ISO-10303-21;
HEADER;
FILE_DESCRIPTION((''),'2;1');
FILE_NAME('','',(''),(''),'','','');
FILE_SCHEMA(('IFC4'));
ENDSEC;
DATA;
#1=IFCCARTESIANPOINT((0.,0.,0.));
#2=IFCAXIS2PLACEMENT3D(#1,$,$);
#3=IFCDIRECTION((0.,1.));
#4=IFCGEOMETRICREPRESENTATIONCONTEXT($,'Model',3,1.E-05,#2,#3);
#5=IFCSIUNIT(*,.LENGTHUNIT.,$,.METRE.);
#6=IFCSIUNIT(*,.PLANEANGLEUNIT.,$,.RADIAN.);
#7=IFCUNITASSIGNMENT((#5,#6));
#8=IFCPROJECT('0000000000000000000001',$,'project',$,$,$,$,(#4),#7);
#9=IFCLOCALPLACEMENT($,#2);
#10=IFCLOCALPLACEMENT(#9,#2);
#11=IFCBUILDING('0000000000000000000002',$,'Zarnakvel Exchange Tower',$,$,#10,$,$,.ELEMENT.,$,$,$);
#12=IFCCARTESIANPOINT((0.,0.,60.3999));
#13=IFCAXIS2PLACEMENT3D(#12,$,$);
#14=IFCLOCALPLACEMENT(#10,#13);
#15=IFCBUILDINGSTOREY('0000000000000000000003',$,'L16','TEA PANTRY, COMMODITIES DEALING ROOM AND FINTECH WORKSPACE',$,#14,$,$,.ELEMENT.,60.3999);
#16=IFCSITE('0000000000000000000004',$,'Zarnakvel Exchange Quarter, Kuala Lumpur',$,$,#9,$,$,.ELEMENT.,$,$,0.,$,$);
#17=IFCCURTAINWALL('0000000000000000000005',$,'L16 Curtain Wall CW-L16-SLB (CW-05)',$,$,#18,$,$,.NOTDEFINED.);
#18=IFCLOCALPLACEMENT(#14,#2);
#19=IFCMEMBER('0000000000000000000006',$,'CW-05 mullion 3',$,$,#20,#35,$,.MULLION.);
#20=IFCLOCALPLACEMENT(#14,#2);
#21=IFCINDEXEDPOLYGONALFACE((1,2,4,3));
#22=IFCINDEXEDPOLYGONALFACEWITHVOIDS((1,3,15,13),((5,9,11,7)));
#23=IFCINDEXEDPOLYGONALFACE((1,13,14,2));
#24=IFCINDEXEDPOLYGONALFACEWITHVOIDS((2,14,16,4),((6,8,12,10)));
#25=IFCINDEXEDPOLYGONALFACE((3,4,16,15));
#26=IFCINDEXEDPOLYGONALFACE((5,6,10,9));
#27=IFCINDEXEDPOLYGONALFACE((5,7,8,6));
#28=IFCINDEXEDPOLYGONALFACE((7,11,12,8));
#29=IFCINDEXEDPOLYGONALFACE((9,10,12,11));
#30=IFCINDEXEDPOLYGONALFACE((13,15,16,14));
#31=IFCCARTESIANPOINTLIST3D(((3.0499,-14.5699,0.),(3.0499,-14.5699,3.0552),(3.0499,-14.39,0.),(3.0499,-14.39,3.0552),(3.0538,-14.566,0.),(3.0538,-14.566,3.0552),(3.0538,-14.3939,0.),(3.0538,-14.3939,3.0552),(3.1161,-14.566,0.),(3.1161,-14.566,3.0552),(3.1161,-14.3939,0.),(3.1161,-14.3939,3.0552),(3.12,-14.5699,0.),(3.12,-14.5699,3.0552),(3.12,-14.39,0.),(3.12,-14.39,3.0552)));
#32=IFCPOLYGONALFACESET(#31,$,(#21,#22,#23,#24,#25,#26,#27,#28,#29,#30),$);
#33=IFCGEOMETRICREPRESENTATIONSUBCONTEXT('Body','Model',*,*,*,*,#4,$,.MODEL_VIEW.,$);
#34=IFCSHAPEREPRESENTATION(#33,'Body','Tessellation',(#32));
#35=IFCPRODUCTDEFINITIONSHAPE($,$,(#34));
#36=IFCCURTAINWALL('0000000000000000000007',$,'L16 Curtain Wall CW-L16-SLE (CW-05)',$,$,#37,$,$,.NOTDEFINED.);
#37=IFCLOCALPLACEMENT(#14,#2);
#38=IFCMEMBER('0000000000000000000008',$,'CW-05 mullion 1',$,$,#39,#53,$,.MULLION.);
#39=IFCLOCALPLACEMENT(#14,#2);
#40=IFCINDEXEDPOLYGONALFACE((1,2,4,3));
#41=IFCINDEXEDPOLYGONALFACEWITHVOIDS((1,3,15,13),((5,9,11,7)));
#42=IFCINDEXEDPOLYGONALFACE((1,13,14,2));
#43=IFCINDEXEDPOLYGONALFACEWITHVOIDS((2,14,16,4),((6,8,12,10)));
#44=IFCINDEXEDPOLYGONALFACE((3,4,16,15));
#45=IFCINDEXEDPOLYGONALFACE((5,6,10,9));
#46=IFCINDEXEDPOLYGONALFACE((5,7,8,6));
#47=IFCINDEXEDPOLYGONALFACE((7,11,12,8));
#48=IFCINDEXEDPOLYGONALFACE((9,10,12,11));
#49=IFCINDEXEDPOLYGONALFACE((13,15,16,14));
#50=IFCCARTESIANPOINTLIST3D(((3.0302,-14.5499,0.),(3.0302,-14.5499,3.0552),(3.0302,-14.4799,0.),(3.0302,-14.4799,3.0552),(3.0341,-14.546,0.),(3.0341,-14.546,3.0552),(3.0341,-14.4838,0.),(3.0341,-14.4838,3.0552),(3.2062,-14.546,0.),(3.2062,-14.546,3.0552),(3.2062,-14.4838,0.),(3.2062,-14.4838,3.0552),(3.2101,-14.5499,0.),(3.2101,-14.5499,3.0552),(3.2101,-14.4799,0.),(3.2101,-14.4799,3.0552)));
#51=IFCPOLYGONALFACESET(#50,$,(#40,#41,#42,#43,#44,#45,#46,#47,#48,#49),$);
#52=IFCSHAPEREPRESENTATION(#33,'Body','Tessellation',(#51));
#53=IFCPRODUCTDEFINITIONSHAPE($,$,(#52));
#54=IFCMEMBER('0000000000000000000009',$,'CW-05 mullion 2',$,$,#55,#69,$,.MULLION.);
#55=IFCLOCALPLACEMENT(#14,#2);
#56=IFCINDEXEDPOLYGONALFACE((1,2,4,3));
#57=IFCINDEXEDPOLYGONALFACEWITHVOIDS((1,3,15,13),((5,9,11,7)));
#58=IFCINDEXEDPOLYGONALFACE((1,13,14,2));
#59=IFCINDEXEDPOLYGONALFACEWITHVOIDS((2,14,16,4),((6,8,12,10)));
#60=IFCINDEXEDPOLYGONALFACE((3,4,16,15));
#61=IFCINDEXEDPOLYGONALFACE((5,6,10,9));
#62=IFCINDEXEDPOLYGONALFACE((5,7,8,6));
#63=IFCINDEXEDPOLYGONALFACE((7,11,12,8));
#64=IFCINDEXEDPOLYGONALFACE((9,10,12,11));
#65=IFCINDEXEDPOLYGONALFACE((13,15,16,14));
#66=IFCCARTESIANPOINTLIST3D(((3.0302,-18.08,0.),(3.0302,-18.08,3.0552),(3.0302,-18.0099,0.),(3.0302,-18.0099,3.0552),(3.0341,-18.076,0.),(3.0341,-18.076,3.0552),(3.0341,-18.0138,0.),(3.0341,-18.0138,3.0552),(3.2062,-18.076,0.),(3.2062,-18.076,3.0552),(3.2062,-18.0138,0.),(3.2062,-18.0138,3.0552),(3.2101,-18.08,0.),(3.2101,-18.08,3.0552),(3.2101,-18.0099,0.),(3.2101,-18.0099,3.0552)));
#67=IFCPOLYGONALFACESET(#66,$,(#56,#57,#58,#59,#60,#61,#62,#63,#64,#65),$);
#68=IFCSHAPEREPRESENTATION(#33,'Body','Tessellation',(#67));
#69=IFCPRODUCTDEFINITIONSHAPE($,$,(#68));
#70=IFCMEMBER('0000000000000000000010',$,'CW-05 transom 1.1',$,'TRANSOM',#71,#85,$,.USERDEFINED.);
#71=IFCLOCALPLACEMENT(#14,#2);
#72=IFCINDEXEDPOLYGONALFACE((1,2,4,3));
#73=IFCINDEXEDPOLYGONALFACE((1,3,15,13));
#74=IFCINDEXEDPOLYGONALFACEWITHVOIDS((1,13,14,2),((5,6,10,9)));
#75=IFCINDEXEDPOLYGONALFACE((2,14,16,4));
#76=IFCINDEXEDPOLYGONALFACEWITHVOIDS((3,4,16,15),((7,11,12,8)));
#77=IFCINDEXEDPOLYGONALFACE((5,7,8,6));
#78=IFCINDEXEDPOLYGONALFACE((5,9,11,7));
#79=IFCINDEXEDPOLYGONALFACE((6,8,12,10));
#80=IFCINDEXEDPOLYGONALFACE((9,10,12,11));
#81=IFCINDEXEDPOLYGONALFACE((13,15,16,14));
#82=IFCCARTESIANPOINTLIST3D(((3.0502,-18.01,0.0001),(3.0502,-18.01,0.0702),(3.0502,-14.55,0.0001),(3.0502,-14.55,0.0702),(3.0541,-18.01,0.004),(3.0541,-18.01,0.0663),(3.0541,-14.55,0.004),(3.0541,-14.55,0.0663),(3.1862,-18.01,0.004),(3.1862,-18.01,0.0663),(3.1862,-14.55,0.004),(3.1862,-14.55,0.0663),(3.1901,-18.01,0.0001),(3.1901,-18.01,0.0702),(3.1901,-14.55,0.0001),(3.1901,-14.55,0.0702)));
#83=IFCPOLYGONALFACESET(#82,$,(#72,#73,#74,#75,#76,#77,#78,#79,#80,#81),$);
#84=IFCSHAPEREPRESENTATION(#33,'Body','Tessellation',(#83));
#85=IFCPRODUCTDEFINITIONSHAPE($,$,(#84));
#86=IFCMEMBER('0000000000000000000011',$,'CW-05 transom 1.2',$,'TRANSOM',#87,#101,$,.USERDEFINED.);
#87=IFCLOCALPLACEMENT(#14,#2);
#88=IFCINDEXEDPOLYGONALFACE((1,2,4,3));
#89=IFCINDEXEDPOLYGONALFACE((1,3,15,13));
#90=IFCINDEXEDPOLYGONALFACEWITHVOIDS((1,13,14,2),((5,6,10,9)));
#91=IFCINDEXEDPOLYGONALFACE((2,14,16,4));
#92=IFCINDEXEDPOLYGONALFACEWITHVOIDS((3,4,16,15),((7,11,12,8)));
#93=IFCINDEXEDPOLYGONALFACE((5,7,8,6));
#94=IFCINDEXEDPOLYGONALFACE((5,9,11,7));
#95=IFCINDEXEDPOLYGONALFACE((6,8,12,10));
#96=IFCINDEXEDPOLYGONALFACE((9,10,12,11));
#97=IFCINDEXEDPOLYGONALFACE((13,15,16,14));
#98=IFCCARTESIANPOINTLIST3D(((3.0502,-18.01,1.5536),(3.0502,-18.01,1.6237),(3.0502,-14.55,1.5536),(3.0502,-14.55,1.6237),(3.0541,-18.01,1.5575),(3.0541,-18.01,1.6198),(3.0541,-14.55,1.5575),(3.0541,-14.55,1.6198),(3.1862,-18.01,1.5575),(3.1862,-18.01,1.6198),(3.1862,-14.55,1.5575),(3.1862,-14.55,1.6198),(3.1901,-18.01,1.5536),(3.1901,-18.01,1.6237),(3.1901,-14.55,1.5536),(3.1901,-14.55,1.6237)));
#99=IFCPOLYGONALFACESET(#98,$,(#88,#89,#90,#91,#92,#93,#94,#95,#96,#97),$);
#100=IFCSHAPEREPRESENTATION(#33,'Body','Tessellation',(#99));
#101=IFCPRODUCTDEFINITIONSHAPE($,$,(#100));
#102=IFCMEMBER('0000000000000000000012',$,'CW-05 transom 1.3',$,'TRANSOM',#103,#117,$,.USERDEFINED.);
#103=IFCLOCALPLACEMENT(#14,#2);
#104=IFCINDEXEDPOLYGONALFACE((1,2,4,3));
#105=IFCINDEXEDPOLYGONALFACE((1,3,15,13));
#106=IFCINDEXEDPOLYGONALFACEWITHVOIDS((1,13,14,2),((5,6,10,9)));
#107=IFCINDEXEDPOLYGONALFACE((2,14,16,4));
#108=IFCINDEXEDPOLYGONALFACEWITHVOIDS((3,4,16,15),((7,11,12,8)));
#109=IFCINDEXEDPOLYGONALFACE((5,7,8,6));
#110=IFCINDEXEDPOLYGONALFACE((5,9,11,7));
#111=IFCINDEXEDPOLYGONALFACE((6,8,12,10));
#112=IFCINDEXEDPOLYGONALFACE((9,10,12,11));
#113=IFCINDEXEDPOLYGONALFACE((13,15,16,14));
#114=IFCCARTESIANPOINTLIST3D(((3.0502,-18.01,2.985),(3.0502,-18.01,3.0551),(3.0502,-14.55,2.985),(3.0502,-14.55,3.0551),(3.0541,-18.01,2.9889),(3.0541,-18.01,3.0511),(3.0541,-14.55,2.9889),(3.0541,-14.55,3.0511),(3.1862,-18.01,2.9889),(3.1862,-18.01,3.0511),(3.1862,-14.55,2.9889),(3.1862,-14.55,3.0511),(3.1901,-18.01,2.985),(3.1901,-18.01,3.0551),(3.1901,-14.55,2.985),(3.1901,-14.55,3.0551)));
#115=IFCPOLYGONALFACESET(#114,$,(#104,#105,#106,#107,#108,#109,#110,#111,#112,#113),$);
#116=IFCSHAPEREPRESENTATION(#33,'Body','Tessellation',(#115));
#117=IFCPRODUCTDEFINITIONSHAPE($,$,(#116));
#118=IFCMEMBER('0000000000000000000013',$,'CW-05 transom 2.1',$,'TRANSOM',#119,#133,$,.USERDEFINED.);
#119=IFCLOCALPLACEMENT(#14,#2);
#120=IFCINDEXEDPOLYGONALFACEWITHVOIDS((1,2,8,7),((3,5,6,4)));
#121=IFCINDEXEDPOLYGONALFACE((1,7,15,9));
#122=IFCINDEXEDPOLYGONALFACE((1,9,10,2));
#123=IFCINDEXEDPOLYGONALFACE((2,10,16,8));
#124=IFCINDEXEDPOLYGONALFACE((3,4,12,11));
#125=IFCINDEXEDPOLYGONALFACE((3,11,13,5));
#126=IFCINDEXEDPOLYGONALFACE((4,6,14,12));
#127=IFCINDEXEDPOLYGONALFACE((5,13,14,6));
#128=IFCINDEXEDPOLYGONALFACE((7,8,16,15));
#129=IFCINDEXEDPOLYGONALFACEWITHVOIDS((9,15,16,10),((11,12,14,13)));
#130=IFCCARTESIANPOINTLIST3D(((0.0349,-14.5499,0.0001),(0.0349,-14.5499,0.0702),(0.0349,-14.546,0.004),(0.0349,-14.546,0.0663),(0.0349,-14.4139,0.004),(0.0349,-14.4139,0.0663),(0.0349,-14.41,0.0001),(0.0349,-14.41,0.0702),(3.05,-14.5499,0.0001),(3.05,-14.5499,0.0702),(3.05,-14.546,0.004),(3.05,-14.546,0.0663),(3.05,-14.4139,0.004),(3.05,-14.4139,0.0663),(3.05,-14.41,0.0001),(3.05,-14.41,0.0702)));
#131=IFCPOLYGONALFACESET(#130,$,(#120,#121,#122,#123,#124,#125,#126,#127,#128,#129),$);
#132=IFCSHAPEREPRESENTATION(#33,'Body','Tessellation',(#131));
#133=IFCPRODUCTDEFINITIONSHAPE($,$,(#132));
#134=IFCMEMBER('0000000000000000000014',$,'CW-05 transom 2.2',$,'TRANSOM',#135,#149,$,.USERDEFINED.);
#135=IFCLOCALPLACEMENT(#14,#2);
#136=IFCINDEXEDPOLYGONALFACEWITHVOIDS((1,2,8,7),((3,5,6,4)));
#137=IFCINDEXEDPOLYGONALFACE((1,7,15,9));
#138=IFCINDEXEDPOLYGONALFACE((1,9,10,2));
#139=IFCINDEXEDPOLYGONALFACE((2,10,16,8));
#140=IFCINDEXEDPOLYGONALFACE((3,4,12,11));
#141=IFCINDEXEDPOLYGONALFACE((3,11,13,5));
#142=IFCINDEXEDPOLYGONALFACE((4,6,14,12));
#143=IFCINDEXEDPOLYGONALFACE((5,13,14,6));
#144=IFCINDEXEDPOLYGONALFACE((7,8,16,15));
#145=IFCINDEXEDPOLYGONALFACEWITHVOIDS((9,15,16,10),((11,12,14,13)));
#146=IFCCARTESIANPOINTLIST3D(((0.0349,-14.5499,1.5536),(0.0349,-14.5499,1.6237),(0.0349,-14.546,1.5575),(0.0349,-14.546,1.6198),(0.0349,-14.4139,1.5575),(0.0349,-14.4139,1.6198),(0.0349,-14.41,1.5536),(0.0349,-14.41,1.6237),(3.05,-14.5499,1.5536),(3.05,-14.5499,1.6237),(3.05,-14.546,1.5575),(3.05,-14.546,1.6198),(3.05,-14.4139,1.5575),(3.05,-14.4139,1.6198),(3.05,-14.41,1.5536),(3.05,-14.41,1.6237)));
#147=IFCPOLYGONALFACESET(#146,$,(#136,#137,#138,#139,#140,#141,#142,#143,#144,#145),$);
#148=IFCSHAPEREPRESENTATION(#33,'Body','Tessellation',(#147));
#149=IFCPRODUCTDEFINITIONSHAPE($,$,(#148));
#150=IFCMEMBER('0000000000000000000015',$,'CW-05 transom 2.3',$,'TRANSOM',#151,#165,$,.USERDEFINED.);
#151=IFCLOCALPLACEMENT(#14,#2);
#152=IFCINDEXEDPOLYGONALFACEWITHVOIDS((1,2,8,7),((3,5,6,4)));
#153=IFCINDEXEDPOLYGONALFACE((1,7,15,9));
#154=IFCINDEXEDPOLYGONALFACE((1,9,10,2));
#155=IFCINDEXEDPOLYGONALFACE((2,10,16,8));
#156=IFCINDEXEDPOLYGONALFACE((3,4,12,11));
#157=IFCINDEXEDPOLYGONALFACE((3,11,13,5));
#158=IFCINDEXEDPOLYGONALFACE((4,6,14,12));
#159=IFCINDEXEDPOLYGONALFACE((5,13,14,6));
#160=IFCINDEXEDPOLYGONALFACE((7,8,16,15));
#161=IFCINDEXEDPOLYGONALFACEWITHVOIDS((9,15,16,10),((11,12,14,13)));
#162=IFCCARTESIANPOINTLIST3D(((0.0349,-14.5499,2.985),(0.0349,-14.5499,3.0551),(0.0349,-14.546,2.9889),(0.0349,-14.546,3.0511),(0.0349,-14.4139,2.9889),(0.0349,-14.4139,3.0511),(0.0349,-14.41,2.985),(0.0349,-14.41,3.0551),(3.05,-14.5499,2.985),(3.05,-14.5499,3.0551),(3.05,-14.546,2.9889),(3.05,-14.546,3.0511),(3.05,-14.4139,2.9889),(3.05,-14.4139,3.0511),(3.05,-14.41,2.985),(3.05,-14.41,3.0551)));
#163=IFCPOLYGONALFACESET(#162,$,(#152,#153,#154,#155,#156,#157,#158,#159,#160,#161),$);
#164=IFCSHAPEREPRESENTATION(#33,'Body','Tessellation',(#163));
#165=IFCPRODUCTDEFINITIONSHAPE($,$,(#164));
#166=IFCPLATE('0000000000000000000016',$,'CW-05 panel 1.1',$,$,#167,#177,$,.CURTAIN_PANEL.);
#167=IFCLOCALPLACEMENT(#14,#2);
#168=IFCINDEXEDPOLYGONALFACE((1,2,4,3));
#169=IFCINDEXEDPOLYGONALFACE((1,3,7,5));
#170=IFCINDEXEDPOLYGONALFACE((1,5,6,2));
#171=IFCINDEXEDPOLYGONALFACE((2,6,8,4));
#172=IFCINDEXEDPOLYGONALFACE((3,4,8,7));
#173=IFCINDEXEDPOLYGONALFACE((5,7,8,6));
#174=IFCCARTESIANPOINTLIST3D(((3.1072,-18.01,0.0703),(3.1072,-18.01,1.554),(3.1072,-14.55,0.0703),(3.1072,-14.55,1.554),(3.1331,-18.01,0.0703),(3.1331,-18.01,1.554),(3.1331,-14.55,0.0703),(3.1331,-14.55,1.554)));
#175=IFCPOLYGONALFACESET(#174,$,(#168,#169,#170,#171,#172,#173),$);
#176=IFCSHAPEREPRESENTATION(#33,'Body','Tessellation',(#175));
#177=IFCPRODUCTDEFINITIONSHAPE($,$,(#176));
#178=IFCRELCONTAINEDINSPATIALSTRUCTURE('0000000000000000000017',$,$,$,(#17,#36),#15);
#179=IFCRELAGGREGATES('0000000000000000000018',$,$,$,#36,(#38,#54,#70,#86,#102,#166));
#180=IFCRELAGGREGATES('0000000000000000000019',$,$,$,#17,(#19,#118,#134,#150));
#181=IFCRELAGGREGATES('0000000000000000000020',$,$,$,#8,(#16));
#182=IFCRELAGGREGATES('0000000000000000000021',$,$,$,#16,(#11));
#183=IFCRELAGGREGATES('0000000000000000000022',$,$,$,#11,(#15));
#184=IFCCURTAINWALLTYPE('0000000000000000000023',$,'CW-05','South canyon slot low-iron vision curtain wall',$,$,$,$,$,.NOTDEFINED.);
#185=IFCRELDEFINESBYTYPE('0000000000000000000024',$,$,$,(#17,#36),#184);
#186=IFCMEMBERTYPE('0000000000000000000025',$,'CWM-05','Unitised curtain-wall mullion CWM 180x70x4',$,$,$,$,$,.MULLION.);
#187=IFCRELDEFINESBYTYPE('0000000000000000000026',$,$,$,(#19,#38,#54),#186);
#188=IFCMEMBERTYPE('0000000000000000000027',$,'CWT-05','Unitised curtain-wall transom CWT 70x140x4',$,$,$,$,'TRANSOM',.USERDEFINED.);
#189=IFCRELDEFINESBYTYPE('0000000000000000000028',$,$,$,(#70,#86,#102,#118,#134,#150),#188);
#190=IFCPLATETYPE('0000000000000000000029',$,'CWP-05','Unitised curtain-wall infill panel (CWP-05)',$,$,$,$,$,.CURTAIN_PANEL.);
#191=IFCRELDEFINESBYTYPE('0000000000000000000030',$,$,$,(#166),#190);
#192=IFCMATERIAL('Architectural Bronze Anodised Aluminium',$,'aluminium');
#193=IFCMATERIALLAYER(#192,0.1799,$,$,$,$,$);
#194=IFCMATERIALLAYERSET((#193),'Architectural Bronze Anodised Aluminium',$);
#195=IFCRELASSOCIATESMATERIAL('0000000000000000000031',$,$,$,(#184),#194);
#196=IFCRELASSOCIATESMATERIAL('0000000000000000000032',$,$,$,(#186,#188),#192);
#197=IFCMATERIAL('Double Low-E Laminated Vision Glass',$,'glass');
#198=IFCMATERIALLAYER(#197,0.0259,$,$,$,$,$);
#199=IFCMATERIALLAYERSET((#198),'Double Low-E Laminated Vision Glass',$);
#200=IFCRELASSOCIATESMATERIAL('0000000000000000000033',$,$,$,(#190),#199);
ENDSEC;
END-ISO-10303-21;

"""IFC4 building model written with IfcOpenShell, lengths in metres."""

from ifc_helpers import new_model, si_unit, direction, frame, origin, origin_2d, place, context, subcontext, project, spatial, rectangle, hollow_rectangle, extrude, source, transform, mapped, material, layer, layer_set, material_profile, profile_set, type_object, element, aggregate, save


model = new_model("IFC4")

# Units and contexts
model_context = context("Model", 3, precision=1e-05, world=origin(), true_north=direction((0.0, 1.0)))
body_context = subcontext(model_context, "Body", "Model", "MODEL_VIEW")
ifc_project = project(units=[si_unit("LENGTHUNIT", "METRE"), si_unit("PLANEANGLEUNIT", "RADIAN")], contexts=[model_context])

# Site, building, storey
site_placement = place(None, origin())
site = spatial("IfcSite", under=ifc_project, at=site_placement, Name="Zarnakvel Exchange Quarter, Kuala Lumpur", CompositionType="ELEMENT", RefElevation=0.0)
building_placement = place(site_placement, origin())
building = spatial("IfcBuilding", under=site, at=building_placement, Name="Zarnakvel Exchange Tower", CompositionType="ELEMENT")
storey_placement = place(building_placement, frame((0.0, 0.0, 60.3999)))
storey = spatial("IfcBuildingStorey", under=building, at=storey_placement, Name="L16", Description="TEA PANTRY, COMMODITIES DEALING ROOM AND FINTECH WORKSPACE", CompositionType="ELEMENT", Elevation=60.3999)

# Curtain wall, member
ifc_material_1 = material(Name="Architectural Bronze Anodised Aluminium", Category="aluminium")
ifc_layer_1 = layer(ifc_material_1, 0.1799)
ifc_layer_set_1 = layer_set([ifc_layer_1], Name="Architectural Bronze Anodised Aluminium")
curtain_wall_type = type_object("IfcCurtainWallType", Name="CW-05", Description="South canyon slot low-iron vision curtain wall", PredefinedType="NOTDEFINED", material=ifc_layer_set_1)
curtain_wall_1_placement = place(storey_placement, origin())
curtain_wall_1 = element("IfcCurtainWall", 1, at=curtain_wall_1_placement, inside=storey, type_object=curtain_wall_type, Name="L16 Curtain Wall CW-L16-SLB (CW-05)", PredefinedType="NOTDEFINED")
ifc_material_profile_1 = material_profile(ifc_material_1, hollow_rectangle(XDim=0.1799, YDim=0.0701, WallThickness=0.0039, at=origin_2d()))
ifc_profile_set_1 = profile_set([ifc_material_profile_1], Name="Architectural Bronze Anodised Aluminium")
member_type_1 = type_object("IfcMemberType", Name="CWM-05", Description="Unitised curtain-wall mullion CWM 180x70x4", PredefinedType="MULLION", material=ifc_profile_set_1)
shared_shape_1 = source(origin(), body_context, "Body", "SweptSolid", [
    extrude(hollow_rectangle(XDim=0.1799, YDim=0.0701, WallThickness=0.0039, at=origin_2d()), origin(), (0.0, 0.0, 1.0), 3.0552),
])
member_1_placement = place(storey_placement, frame((3.085, -14.48, 0.0), z_axis=(0.0, 0.0, 1.0), x_axis=(0.0, 1.0, 0.0)))
member_1 = element("IfcMember", 2, at=member_1_placement, type_object=member_type_1, Name="CW-05 mullion 3", PredefinedType="MULLION", context=body_context, shape_type="MappedRepresentation", body=[
    mapped(shared_shape_1, transform((0.0, 0.0, 0.0), x_axis=(1.0, 0.0, 0.0), y_axis=(0.0, 1.0, 0.0), z_axis=(0.0, 0.0, 1.0), scale=1.0)),
])

# Curtain wall, members
curtain_wall_2_placement = place(storey_placement, origin())
curtain_wall_2 = element("IfcCurtainWall", 3, at=curtain_wall_2_placement, inside=storey, type_object=curtain_wall_type, Name="L16 Curtain Wall CW-L16-SLE (CW-05)", PredefinedType="NOTDEFINED")
member_2_placement = place(storey_placement, frame((3.1201, -14.5149, 0.0), z_axis=(0.0, 0.0, 1.0), x_axis=(1.0, 0.0, 0.0)))
member_2 = element("IfcMember", 4, at=member_2_placement, type_object=member_type_1, Name="CW-05 mullion 1", PredefinedType="MULLION", context=body_context, shape_type="MappedRepresentation", body=[
    mapped(shared_shape_1, transform((0.0, 0.0, 0.0), x_axis=(1.0, 0.0, 0.0), y_axis=(0.0, 1.0, 0.0), z_axis=(0.0, 0.0, 1.0), scale=1.0)),
])
member_3_placement = place(storey_placement, frame((3.1201, -18.0449, 0.0), z_axis=(0.0, 0.0, 1.0), x_axis=(1.0, 0.0, 0.0)))
member_3 = element("IfcMember", 5, at=member_3_placement, type_object=member_type_1, Name="CW-05 mullion 2", PredefinedType="MULLION", context=body_context, shape_type="MappedRepresentation", body=[
    mapped(shared_shape_1, transform((0.0, 0.0, 0.0), x_axis=(1.0, 0.0, 0.0), y_axis=(0.0, 1.0, 0.0), z_axis=(0.0, 0.0, 1.0), scale=1.0)),
])
ifc_material_profile_2 = material_profile(ifc_material_1, hollow_rectangle(XDim=0.1399, YDim=0.0701, WallThickness=0.0039, at=origin_2d()))
ifc_profile_set_2 = profile_set([ifc_material_profile_2], Name="Architectural Bronze Anodised Aluminium")
member_type_2 = type_object("IfcMemberType", Name="CWT-05", Description="Unitised curtain-wall transom CWT 70x140x4", ElementType="TRANSOM", PredefinedType="USERDEFINED", material=ifc_profile_set_2)
shared_shape_2 = source(origin(), body_context, "Body", "SweptSolid", [
    extrude(hollow_rectangle(XDim=0.1399, YDim=0.0701, WallThickness=0.0039, at=origin_2d()), origin(), (0.0, 0.0, 1.0), 3.46),
])
member_4_placement = place(storey_placement, frame((3.1201, -14.55, 0.0352), z_axis=(0.0, -1.0, 0.0), x_axis=(1.0, 0.0, 0.0)))
member_4 = element("IfcMember", 6, at=member_4_placement, type_object=member_type_2, Name="CW-05 transom 1.1", ObjectType="TRANSOM", PredefinedType="USERDEFINED", context=body_context, shape_type="MappedRepresentation", body=[
    mapped(shared_shape_2, transform((0.0, 0.0, 0.0), x_axis=(1.0, 0.0, 0.0), y_axis=(0.0, 1.0, 0.0), z_axis=(0.0, 0.0, 1.0), scale=1.0)),
])
member_5_placement = place(storey_placement, frame((3.1201, -14.55, 1.5886), z_axis=(0.0, -1.0, 0.0), x_axis=(1.0, 0.0, 0.0)))
member_5 = element("IfcMember", 7, at=member_5_placement, type_object=member_type_2, Name="CW-05 transom 1.2", ObjectType="TRANSOM", PredefinedType="USERDEFINED", context=body_context, shape_type="MappedRepresentation", body=[
    mapped(shared_shape_2, transform((0.0, 0.0, 0.0), x_axis=(1.0, 0.0, 0.0), y_axis=(0.0, 1.0, 0.0), z_axis=(0.0, 0.0, 1.0), scale=1.0)),
])
member_6_placement = place(storey_placement, frame((3.1201, -14.55, 3.02), z_axis=(0.0, -1.0, 0.0), x_axis=(1.0, 0.0, 0.0)))
member_6 = element("IfcMember", 8, at=member_6_placement, type_object=member_type_2, Name="CW-05 transom 1.3", ObjectType="TRANSOM", PredefinedType="USERDEFINED", context=body_context, shape_type="MappedRepresentation", body=[
    mapped(shared_shape_2, transform((0.0, 0.0, 0.0), x_axis=(1.0, 0.0, 0.0), y_axis=(0.0, 1.0, 0.0), z_axis=(0.0, 0.0, 1.0), scale=1.0)),
])

# Members
shared_shape_3 = source(origin(), body_context, "Body", "SweptSolid", [
    extrude(hollow_rectangle(XDim=0.1399, YDim=0.0701, WallThickness=0.0039, at=origin_2d()), origin(), (0.0, 0.0, 1.0), 3.0151),
])
member_7_placement = place(storey_placement, frame((0.0349, -14.48, 0.0352), z_axis=(1.0, 0.0, 0.0), x_axis=(0.0, 1.0, 0.0)))
member_7 = element("IfcMember", 9, at=member_7_placement, type_object=member_type_2, Name="CW-05 transom 2.1", ObjectType="TRANSOM", PredefinedType="USERDEFINED", context=body_context, shape_type="MappedRepresentation", body=[
    mapped(shared_shape_3, transform((0.0, 0.0, 0.0), x_axis=(1.0, 0.0, 0.0), y_axis=(0.0, 1.0, 0.0), z_axis=(0.0, 0.0, 1.0), scale=1.0)),
])
member_8_placement = place(storey_placement, frame((0.0349, -14.48, 1.5886), z_axis=(1.0, 0.0, 0.0), x_axis=(0.0, 1.0, 0.0)))
member_8 = element("IfcMember", 10, at=member_8_placement, type_object=member_type_2, Name="CW-05 transom 2.2", ObjectType="TRANSOM", PredefinedType="USERDEFINED", context=body_context, shape_type="MappedRepresentation", body=[
    mapped(shared_shape_3, transform((0.0, 0.0, 0.0), x_axis=(1.0, 0.0, 0.0), y_axis=(0.0, 1.0, 0.0), z_axis=(0.0, 0.0, 1.0), scale=1.0)),
])
member_9_placement = place(storey_placement, frame((0.0349, -14.48, 3.02), z_axis=(1.0, 0.0, 0.0), x_axis=(0.0, 1.0, 0.0)))
member_9 = element("IfcMember", 11, at=member_9_placement, type_object=member_type_2, Name="CW-05 transom 2.3", ObjectType="TRANSOM", PredefinedType="USERDEFINED", context=body_context, shape_type="MappedRepresentation", body=[
    mapped(shared_shape_3, transform((0.0, 0.0, 0.0), x_axis=(1.0, 0.0, 0.0), y_axis=(0.0, 1.0, 0.0), z_axis=(0.0, 0.0, 1.0), scale=1.0)),
])

# Plate
ifc_material_2 = material(Name="Double Low-E Laminated Vision Glass", Category="glass")
ifc_layer_2 = layer(ifc_material_2, 0.0259)
ifc_layer_set_2 = layer_set([ifc_layer_2], Name="Double Low-E Laminated Vision Glass")
plate_type = type_object("IfcPlateType", Name="CWP-05", Description="Unitised curtain-wall infill panel (CWP-05)", PredefinedType="CURTAIN_PANEL", material=ifc_layer_set_2)
shared_shape_4 = source(origin(), body_context, "Body", "SweptSolid", [
    extrude(rectangle(XDim=3.46, YDim=0.0259, at=origin_2d()), origin(), (0.0, 0.0, 1.0), 1.4836),
])
plate_1_placement = place(storey_placement, frame((3.1201, -16.28, 0.0703), z_axis=(0.0, 0.0, 1.0), x_axis=(0.0, -1.0, 0.0)))
plate_1 = element("IfcPlate", 12, at=plate_1_placement, type_object=plate_type, Name="CW-05 panel 1.1", PredefinedType="CURTAIN_PANEL", context=body_context, shape_type="MappedRepresentation", body=[
    mapped(shared_shape_4, transform((0.0, 0.0, 0.0), x_axis=(1.0, 0.0, 0.0), y_axis=(0.0, 1.0, 0.0), z_axis=(0.0, 0.0, 1.0), scale=1.0)),
])
aggregate(curtain_wall_2, [member_2, member_3, member_4, member_5, member_6, plate_1])
aggregate(curtain_wall_1, [member_1, member_7, member_8, member_9])

save(model, "model.ifc")
